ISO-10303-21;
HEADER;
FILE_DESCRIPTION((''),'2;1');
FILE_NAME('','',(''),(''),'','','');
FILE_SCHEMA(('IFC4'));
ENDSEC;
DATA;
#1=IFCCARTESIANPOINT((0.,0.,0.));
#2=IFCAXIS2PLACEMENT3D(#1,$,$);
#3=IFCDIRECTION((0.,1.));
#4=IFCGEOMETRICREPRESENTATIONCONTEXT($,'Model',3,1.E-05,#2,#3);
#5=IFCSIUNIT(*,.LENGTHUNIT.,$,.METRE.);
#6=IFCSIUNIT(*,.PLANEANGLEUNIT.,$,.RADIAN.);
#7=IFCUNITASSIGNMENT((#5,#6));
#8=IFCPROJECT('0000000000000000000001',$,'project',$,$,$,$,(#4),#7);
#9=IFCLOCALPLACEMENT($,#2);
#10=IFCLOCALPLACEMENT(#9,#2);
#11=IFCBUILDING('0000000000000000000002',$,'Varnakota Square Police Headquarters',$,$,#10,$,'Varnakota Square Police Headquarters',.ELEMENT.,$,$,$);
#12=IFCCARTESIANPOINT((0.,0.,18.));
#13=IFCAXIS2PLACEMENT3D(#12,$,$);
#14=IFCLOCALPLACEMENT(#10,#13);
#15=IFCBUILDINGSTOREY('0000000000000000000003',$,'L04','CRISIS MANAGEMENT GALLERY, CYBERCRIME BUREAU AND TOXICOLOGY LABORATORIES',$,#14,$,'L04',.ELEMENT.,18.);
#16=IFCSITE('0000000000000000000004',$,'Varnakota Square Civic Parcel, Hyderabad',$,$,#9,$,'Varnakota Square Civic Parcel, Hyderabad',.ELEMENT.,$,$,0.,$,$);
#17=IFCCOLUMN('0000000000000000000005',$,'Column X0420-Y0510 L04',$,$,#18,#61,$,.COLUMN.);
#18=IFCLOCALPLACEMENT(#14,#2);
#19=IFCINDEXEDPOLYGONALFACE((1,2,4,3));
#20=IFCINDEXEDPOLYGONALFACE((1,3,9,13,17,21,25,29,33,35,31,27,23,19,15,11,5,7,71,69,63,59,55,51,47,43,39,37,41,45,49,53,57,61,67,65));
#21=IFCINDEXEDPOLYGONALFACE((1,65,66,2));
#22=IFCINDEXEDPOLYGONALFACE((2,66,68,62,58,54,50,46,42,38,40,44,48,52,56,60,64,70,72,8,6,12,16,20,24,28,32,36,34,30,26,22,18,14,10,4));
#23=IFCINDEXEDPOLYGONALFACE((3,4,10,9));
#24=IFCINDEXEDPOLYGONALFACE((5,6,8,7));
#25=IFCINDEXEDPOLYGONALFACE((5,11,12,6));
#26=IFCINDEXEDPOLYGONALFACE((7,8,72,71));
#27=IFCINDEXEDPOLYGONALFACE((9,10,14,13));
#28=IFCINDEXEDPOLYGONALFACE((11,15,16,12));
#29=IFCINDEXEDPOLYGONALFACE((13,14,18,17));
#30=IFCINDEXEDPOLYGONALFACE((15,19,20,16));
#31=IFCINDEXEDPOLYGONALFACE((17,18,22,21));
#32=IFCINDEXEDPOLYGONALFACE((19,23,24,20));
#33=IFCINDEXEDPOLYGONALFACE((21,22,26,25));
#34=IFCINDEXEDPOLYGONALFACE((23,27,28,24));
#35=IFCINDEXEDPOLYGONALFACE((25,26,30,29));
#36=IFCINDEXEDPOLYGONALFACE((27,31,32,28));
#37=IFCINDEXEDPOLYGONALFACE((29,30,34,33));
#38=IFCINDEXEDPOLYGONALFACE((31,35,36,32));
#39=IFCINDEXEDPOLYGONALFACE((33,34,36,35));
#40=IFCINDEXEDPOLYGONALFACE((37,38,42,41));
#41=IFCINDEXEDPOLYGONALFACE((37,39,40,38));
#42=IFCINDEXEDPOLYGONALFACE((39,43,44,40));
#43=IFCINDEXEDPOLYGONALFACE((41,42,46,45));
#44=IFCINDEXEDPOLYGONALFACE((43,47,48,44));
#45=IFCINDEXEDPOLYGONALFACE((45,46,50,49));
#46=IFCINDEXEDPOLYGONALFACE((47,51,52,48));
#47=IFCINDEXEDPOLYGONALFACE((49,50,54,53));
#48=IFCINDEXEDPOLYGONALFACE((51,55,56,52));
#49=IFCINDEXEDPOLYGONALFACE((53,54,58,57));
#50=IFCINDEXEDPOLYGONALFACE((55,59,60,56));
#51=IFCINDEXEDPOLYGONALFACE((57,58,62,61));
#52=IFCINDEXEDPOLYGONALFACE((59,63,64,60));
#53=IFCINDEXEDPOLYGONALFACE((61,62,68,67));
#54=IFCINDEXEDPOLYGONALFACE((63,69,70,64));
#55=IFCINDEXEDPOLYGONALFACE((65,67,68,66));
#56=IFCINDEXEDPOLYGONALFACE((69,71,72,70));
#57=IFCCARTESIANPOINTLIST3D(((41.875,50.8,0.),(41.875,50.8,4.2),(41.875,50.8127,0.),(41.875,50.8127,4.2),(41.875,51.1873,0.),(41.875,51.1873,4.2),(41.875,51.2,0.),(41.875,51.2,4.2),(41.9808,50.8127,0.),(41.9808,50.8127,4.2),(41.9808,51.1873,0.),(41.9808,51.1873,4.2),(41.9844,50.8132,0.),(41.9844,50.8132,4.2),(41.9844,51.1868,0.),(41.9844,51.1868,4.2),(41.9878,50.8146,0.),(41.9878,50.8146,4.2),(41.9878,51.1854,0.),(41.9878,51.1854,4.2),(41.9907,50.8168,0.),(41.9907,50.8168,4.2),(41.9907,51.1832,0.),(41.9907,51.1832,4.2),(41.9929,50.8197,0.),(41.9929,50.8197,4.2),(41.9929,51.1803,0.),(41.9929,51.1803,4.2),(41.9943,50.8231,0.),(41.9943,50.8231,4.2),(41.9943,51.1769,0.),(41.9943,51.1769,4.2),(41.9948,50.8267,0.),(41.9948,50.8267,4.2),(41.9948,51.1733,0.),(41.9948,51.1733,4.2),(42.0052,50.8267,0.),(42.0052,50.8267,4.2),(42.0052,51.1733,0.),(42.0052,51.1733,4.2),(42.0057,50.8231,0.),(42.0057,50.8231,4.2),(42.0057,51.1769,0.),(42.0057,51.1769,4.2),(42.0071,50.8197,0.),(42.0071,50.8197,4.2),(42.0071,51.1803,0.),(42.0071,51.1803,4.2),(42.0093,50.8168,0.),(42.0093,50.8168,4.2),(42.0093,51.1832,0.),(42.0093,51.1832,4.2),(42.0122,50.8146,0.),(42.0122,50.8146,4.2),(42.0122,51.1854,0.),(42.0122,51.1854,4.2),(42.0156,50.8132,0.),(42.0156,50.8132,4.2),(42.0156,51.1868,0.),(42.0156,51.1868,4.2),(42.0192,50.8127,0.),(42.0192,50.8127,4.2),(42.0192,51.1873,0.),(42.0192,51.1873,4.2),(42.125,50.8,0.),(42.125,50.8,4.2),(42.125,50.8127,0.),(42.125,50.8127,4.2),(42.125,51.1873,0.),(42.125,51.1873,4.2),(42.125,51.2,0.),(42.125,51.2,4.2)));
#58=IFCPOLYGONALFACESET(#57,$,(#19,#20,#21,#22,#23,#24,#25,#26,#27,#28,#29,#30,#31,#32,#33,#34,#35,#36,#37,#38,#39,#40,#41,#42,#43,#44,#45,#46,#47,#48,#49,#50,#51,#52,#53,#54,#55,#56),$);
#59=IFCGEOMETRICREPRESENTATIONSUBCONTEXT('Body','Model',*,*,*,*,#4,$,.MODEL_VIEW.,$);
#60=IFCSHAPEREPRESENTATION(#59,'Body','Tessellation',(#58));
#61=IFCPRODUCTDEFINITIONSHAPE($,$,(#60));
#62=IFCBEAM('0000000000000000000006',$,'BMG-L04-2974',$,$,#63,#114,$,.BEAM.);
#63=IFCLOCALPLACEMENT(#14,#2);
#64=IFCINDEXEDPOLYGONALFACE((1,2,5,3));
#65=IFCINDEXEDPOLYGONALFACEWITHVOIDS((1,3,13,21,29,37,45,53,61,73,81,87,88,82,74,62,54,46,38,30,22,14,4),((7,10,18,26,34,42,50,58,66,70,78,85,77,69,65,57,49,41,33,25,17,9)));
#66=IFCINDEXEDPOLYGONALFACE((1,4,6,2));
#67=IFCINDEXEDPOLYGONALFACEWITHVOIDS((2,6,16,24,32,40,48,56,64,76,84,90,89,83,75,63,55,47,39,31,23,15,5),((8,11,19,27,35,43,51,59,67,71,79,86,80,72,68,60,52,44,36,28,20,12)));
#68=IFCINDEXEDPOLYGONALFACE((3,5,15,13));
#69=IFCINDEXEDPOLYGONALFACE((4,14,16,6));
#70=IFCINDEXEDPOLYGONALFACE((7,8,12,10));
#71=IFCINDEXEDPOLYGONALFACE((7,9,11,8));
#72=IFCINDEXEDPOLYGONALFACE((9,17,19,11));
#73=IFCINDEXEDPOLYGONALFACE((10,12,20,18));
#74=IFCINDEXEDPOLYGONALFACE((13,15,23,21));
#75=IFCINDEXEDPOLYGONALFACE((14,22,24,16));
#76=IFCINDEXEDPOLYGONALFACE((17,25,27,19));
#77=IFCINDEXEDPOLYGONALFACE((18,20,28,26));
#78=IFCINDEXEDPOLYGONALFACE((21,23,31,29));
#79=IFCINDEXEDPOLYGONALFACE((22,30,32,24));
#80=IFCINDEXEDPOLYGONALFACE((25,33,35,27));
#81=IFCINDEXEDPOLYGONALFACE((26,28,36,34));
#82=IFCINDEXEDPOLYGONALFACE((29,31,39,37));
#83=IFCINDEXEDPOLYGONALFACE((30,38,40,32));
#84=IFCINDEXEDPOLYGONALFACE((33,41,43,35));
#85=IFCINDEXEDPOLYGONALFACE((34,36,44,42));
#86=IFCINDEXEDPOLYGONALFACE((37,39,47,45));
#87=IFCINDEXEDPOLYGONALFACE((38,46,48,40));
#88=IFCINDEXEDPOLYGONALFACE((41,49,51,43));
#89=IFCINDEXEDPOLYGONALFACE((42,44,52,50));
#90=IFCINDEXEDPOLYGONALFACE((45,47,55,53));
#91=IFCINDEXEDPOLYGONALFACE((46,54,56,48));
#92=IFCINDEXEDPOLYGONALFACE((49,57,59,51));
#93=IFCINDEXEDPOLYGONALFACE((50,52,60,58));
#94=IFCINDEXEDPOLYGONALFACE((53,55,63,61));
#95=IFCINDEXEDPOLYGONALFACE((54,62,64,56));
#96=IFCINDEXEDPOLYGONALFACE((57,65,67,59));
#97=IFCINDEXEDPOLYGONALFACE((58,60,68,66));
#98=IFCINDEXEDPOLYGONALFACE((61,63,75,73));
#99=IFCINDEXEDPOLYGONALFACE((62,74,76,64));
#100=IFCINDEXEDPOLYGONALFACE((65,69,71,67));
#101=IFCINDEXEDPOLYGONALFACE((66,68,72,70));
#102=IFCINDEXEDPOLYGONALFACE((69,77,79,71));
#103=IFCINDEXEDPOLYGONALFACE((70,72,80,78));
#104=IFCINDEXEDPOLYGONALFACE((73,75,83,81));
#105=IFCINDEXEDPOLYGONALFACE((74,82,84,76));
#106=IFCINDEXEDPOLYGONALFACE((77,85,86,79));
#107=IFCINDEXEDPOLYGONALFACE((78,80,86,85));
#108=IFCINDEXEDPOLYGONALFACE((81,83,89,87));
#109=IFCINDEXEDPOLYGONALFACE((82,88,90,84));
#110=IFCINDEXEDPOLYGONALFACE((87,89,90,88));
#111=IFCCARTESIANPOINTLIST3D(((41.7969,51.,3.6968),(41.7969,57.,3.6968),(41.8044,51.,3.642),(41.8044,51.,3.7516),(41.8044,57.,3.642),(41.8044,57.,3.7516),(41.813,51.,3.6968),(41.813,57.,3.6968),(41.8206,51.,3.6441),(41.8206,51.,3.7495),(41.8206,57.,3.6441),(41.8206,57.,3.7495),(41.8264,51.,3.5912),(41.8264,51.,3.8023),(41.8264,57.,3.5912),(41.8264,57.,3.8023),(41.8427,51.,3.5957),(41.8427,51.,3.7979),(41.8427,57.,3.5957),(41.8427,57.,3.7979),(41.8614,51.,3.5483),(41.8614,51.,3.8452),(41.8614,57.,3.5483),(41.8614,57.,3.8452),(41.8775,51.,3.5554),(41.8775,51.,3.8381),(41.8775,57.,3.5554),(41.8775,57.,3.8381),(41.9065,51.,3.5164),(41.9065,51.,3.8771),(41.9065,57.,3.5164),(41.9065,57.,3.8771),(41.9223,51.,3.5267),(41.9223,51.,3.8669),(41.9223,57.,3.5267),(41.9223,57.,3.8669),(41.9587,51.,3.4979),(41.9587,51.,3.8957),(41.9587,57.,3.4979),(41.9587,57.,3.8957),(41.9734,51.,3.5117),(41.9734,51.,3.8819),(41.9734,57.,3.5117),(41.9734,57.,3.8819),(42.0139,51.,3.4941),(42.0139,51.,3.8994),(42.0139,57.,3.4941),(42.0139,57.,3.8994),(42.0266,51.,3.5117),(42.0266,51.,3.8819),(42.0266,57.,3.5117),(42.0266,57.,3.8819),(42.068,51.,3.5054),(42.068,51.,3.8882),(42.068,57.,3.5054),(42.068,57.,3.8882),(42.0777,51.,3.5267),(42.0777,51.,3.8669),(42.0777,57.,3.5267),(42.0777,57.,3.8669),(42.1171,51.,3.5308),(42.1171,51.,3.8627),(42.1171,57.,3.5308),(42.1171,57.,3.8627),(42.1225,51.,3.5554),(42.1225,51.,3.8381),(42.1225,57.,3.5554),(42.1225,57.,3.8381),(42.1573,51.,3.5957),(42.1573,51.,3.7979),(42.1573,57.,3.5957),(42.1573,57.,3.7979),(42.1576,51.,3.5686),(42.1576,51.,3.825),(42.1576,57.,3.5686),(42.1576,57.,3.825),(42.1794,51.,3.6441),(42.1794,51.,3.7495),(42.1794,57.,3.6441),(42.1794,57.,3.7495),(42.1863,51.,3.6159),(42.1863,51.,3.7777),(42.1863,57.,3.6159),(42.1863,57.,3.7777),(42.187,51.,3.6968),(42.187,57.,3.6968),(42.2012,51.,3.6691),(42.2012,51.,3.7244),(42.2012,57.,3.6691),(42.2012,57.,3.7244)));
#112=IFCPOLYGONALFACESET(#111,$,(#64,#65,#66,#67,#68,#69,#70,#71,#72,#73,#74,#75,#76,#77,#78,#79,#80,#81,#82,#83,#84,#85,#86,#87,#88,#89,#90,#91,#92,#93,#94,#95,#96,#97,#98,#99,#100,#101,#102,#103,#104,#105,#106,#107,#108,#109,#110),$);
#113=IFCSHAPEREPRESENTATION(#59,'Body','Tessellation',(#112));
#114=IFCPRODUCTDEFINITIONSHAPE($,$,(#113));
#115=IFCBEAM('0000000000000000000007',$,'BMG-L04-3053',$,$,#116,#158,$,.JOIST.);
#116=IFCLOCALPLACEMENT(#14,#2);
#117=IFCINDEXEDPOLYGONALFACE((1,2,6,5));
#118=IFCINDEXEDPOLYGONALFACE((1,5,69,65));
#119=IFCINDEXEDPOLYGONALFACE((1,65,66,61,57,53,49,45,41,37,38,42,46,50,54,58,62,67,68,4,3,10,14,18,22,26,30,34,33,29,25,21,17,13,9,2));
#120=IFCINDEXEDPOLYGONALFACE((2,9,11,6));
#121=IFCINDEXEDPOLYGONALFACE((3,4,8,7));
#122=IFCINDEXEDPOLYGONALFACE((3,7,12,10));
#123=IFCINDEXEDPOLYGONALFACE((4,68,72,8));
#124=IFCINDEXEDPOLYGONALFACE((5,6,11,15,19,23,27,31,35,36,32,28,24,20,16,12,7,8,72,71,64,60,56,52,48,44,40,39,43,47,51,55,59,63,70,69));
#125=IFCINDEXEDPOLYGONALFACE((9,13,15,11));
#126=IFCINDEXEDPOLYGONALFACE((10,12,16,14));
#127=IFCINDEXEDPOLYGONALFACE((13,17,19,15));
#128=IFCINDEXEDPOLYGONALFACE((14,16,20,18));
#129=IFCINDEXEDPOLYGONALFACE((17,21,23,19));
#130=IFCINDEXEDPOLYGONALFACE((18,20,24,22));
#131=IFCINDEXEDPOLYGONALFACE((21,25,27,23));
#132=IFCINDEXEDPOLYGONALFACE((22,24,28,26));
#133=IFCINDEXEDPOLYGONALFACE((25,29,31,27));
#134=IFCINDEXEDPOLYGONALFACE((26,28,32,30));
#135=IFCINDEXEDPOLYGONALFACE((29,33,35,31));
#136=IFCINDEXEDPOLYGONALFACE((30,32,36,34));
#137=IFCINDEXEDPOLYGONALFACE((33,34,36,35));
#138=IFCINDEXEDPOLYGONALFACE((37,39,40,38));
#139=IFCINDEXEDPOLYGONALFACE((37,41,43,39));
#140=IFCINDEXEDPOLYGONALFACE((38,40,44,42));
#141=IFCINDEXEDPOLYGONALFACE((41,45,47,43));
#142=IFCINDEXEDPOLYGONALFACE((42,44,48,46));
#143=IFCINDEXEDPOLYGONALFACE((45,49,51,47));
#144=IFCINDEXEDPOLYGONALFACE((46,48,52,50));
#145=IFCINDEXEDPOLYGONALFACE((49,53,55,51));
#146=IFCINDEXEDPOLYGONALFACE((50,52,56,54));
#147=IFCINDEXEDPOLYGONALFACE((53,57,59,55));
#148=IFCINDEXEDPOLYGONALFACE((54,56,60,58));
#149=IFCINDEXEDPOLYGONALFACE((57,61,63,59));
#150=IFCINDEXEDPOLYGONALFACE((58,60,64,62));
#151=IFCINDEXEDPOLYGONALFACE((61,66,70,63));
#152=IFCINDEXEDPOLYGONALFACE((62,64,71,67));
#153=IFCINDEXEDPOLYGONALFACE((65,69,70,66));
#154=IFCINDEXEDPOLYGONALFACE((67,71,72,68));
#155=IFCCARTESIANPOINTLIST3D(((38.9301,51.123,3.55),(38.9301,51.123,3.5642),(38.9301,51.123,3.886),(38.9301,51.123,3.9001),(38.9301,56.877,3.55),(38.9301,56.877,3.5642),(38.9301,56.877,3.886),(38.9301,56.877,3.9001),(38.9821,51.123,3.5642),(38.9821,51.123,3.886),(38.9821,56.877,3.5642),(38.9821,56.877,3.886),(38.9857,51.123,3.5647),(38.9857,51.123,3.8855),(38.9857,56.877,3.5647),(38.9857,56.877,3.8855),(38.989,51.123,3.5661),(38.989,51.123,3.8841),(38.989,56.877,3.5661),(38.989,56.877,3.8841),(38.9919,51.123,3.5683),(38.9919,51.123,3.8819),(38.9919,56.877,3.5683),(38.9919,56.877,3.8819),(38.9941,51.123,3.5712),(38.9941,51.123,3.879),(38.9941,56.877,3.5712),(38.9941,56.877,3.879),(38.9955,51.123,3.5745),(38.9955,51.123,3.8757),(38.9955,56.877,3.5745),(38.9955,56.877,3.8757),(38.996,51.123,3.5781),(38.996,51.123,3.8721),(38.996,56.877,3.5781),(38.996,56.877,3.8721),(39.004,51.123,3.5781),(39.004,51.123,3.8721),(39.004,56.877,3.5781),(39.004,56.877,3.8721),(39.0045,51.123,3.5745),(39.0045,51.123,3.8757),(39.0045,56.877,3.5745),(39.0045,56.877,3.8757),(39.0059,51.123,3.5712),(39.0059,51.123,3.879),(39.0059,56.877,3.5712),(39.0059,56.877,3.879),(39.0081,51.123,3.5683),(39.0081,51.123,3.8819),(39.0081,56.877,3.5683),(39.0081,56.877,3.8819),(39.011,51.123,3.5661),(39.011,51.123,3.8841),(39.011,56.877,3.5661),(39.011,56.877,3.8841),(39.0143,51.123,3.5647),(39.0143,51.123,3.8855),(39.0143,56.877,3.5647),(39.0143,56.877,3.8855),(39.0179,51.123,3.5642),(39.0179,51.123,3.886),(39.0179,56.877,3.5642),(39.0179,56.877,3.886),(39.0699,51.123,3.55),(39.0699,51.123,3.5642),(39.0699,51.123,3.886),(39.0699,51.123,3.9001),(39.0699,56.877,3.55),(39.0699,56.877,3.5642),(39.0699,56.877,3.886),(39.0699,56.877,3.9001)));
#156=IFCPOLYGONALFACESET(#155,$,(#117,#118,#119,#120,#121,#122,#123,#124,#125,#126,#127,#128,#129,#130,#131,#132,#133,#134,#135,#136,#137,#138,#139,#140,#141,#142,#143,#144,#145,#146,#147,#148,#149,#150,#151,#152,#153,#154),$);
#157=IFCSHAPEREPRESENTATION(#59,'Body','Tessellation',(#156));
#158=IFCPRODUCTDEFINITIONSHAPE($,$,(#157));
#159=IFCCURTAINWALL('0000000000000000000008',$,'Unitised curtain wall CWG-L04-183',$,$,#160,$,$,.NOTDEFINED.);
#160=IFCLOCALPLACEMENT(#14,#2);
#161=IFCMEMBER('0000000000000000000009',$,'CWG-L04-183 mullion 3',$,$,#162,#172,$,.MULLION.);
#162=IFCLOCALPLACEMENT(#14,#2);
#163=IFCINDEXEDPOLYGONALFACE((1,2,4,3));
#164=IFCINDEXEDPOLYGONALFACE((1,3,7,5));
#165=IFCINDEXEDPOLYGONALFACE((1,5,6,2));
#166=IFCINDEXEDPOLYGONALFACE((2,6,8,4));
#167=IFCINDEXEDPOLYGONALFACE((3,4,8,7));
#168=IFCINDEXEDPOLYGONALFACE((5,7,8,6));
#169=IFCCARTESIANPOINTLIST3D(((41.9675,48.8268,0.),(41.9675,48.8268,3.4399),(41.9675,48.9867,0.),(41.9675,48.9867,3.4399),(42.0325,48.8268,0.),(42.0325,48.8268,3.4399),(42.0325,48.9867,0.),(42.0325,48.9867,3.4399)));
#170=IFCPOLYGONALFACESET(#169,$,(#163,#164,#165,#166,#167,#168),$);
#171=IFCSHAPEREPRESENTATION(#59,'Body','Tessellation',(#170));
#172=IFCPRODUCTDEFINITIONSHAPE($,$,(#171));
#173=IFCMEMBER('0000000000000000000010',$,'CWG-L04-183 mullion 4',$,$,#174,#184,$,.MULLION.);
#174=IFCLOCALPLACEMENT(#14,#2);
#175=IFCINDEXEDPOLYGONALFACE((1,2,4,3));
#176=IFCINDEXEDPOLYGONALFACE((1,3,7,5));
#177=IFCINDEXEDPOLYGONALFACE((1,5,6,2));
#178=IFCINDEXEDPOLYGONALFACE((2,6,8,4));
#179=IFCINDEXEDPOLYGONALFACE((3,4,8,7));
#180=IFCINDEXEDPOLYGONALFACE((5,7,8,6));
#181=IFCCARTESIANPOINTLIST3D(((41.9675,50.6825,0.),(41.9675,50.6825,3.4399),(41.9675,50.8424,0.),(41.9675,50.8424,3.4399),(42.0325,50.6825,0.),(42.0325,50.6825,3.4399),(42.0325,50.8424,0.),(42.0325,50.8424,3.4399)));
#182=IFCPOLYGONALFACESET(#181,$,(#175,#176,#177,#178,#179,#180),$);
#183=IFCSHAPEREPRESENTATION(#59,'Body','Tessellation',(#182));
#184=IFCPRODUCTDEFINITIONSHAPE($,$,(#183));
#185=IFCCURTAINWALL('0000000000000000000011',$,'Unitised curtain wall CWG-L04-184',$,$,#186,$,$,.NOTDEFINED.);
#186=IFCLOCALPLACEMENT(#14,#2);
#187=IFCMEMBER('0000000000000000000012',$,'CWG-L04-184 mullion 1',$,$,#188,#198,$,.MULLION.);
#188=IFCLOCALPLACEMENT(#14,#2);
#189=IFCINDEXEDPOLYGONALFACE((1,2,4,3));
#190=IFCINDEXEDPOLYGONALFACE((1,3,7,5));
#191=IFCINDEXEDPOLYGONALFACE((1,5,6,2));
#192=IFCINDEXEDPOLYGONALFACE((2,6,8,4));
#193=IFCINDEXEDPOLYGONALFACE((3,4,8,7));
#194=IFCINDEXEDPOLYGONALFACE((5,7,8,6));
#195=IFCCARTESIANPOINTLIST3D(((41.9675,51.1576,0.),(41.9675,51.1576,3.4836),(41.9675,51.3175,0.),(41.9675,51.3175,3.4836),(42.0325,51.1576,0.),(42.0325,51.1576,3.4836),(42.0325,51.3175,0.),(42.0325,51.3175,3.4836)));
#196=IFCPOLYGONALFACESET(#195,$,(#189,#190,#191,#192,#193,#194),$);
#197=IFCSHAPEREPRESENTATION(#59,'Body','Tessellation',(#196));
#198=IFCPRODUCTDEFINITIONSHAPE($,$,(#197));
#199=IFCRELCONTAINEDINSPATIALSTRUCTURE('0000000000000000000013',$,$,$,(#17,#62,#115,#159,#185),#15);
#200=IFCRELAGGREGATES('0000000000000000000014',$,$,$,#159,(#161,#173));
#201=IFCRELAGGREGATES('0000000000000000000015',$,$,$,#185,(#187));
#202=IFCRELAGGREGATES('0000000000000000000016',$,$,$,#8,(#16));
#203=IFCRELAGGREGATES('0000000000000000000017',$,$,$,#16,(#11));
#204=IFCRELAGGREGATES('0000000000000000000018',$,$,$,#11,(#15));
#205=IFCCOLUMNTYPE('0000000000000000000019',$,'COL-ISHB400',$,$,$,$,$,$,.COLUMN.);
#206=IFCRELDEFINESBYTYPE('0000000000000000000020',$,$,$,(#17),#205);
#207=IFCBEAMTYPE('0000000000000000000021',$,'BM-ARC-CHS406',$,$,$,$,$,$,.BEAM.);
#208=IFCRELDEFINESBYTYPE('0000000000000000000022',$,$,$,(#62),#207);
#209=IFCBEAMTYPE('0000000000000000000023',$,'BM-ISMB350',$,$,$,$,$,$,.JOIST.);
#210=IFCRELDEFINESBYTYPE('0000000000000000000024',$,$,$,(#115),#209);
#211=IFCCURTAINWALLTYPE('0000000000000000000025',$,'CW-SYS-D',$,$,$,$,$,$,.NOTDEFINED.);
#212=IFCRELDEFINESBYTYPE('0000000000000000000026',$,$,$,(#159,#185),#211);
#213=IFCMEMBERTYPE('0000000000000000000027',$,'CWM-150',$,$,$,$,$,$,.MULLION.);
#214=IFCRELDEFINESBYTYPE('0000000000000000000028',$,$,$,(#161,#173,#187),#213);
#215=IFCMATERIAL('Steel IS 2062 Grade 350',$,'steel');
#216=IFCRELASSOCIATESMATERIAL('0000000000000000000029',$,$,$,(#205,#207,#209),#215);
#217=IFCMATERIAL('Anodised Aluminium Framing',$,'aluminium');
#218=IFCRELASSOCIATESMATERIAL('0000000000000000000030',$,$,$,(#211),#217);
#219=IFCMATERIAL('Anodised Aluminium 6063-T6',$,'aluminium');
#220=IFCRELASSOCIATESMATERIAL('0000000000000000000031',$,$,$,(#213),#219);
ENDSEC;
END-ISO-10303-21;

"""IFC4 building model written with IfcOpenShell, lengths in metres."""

from ifc_helpers import new_model, si_unit, direction, frame, origin, origin_2d, place, context, subcontext, project, spatial, rectangle, hollow_circle, i_section, extrude, material, material_profile, profile_set, type_object, element, aggregate, save


model = new_model("IFC4")

# Units and contexts
model_context = context("Model", 3, precision=1e-05, world=origin(), true_north=direction((0.0, 1.0)))
body_context = subcontext(model_context, "Body", "Model", "MODEL_VIEW")
ifc_project = project(units=[si_unit("LENGTHUNIT", "METRE"), si_unit("PLANEANGLEUNIT", "RADIAN")], contexts=[model_context])

# Site, building, storey
site_placement = place(None, origin())
site = spatial("IfcSite", under=ifc_project, at=site_placement, Name="Varnakota Square Civic Parcel, Hyderabad", LongName="Varnakota Square Civic Parcel, Hyderabad", CompositionType="ELEMENT", RefElevation=0.0)
building_placement = place(site_placement, origin())
building = spatial("IfcBuilding", under=site, at=building_placement, Name="Varnakota Square Police Headquarters", LongName="Varnakota Square Police Headquarters", CompositionType="ELEMENT")
storey_placement = place(building_placement, frame((0.0, 0.0, 18.0)))
storey = spatial("IfcBuildingStorey", under=building, at=storey_placement, Name="L04", Description="CRISIS MANAGEMENT GALLERY, CYBERCRIME BUREAU AND TOXICOLOGY LABORATORIES", LongName="L04", CompositionType="ELEMENT", Elevation=18.0)

# Column
ifc_material_1 = material(Name="Steel IS 2062 Grade 350", Category="steel")
ifc_material_profile_1 = material_profile(ifc_material_1, i_section(OverallWidth=0.25, OverallDepth=0.3999, WebThickness=0.0105, FlangeThickness=0.0127, FilletRadius=0.0139, at=origin_2d()), Name="ISHB 400")
ifc_profile_set_1 = profile_set([ifc_material_profile_1], Name="Steel IS 2062 Grade 350")
column_type = type_object("IfcColumnType", Name="COL-ISHB400", PredefinedType="COLUMN", material=ifc_profile_set_1)
column_placement = place(storey_placement, frame((42.0, 51.0, 0.0), z_axis=(0.0, 0.0, 1.0), x_axis=(1.0, 0.0, 0.0)))
element("IfcColumn", 1, at=column_placement, inside=storey, type_object=column_type, Name="Column X0420-Y0510 L04", PredefinedType="COLUMN", context=body_context, shape_type="SweptSolid", body=[
    extrude(i_section(OverallWidth=0.25, OverallDepth=0.3999, WebThickness=0.0105, FlangeThickness=0.0127, FilletRadius=0.0139, at=origin_2d()), origin(), (0.0, 0.0, 1.0), 4.2),
])

# Beams
ifc_material_profile_2 = material_profile(ifc_material_1, hollow_circle(Radius=0.2031, WallThickness=0.0161, at=origin_2d()), Name="CHS 406.4x16.0")
ifc_profile_set_2 = profile_set([ifc_material_profile_2], Name="Steel IS 2062 Grade 350")
beam_type_1 = type_object("IfcBeamType", Name="BM-ARC-CHS406", PredefinedType="BEAM", material=ifc_profile_set_2)
beam_1_placement = place(storey_placement, frame((42.0, 51.0, 3.6968), z_axis=(0.0, 1.0, 0.0), x_axis=(-1.0, 0.0, 0.0)))
element("IfcBeam", 2, at=beam_1_placement, inside=storey, type_object=beam_type_1, Name="BMG-L04-2974", PredefinedType="BEAM", context=body_context, shape_type="SweptSolid", body=[
    extrude(hollow_circle(Radius=0.2031, WallThickness=0.0161, at=origin_2d()), origin(), (0.0, 0.0, 1.0), 6.0),
])
ifc_material_profile_3 = material_profile(ifc_material_1, i_section(OverallWidth=0.1399, OverallDepth=0.3501, WebThickness=0.0081, FlangeThickness=0.0142, FilletRadius=0.0139, at=origin_2d()), Name="ISMB 350")
ifc_profile_set_3 = profile_set([ifc_material_profile_3], Name="Steel IS 2062 Grade 350")
beam_type_2 = type_object("IfcBeamType", Name="BM-ISMB350", PredefinedType="JOIST", material=ifc_profile_set_3)
beam_2_placement = place(storey_placement, frame((39.0, 51.123, 3.7251), z_axis=(0.0, 1.0, 0.0), x_axis=(-1.0, 0.0, 0.0)))
element("IfcBeam", 3, at=beam_2_placement, inside=storey, type_object=beam_type_2, Name="BMG-L04-3053", PredefinedType="JOIST", context=body_context, shape_type="SweptSolid", body=[
    extrude(i_section(OverallWidth=0.1399, OverallDepth=0.3501, WebThickness=0.0081, FlangeThickness=0.0142, FilletRadius=0.0139, at=origin_2d()), origin(), (0.0, 0.0, 1.0), 5.7539),
])

# Curtain walls, members
ifc_material_2 = material(Name="Anodised Aluminium Framing", Category="aluminium")
curtain_wall_type = type_object("IfcCurtainWallType", Name="CW-SYS-D", PredefinedType="NOTDEFINED", material=ifc_material_2)
curtain_wall_1_placement = place(storey_placement, origin())
curtain_wall_1 = element("IfcCurtainWall", 4, at=curtain_wall_1_placement, inside=storey, type_object=curtain_wall_type, Name="Unitised curtain wall CWG-L04-183", PredefinedType="NOTDEFINED")
ifc_material_3 = material(Name="Anodised Aluminium 6063-T6", Category="aluminium")
ifc_material_profile_4 = material_profile(ifc_material_3, rectangle(XDim=0.0649, YDim=0.1599, at=origin_2d()), Name="ALU MULLION 65x160")
ifc_profile_set_4 = profile_set([ifc_material_profile_4], Name="Anodised Aluminium 6063-T6")
member_type_1 = type_object("IfcMemberType", Name="CWM-150", PredefinedType="MULLION", material=ifc_profile_set_4)
member_1_placement = place(storey_placement, frame((42.0, 48.9067, 0.0), z_axis=(0.0, 0.0, 1.0), x_axis=(-1.0, 0.0, 0.0)))
member_1 = element("IfcMember", 5, at=member_1_placement, type_object=member_type_1, Name="CWG-L04-183 mullion 3", PredefinedType="MULLION", context=body_context, shape_type="SweptSolid", body=[
    extrude(rectangle(XDim=0.0649, YDim=0.1599, at=origin_2d()), origin(), (0.0, 0.0, 1.0), 3.4399),
])
member_2_placement = place(storey_placement, frame((42.0, 50.7625, 0.0), z_axis=(0.0, 0.0, 1.0), x_axis=(-1.0, 0.0, 0.0)))
member_2 = element("IfcMember", 6, at=member_2_placement, type_object=member_type_1, Name="CWG-L04-183 mullion 4", PredefinedType="MULLION", context=body_context, shape_type="SweptSolid", body=[
    extrude(rectangle(XDim=0.0649, YDim=0.1599, at=origin_2d()), origin(), (0.0, 0.0, 1.0), 3.4399),
])
curtain_wall_2_placement = place(storey_placement, origin())
curtain_wall_2 = element("IfcCurtainWall", 7, at=curtain_wall_2_placement, inside=storey, type_object=curtain_wall_type, Name="Unitised curtain wall CWG-L04-184", PredefinedType="NOTDEFINED")
member_3_placement = place(storey_placement, frame((42.0, 51.2375, 0.0), z_axis=(0.0, 0.0, 1.0), x_axis=(-1.0, 0.0, 0.0)))
member_3 = element("IfcMember", 8, at=member_3_placement, type_object=member_type_1, Name="CWG-L04-184 mullion 1", PredefinedType="MULLION", context=body_context, shape_type="SweptSolid", body=[
    extrude(rectangle(XDim=0.0649, YDim=0.1599, at=origin_2d()), origin(), (0.0, 0.0, 1.0), 3.4836),
])

aggregate(curtain_wall_1, [member_1, member_2])
aggregate(curtain_wall_2, [member_3])

save(model, "model.ifc")
